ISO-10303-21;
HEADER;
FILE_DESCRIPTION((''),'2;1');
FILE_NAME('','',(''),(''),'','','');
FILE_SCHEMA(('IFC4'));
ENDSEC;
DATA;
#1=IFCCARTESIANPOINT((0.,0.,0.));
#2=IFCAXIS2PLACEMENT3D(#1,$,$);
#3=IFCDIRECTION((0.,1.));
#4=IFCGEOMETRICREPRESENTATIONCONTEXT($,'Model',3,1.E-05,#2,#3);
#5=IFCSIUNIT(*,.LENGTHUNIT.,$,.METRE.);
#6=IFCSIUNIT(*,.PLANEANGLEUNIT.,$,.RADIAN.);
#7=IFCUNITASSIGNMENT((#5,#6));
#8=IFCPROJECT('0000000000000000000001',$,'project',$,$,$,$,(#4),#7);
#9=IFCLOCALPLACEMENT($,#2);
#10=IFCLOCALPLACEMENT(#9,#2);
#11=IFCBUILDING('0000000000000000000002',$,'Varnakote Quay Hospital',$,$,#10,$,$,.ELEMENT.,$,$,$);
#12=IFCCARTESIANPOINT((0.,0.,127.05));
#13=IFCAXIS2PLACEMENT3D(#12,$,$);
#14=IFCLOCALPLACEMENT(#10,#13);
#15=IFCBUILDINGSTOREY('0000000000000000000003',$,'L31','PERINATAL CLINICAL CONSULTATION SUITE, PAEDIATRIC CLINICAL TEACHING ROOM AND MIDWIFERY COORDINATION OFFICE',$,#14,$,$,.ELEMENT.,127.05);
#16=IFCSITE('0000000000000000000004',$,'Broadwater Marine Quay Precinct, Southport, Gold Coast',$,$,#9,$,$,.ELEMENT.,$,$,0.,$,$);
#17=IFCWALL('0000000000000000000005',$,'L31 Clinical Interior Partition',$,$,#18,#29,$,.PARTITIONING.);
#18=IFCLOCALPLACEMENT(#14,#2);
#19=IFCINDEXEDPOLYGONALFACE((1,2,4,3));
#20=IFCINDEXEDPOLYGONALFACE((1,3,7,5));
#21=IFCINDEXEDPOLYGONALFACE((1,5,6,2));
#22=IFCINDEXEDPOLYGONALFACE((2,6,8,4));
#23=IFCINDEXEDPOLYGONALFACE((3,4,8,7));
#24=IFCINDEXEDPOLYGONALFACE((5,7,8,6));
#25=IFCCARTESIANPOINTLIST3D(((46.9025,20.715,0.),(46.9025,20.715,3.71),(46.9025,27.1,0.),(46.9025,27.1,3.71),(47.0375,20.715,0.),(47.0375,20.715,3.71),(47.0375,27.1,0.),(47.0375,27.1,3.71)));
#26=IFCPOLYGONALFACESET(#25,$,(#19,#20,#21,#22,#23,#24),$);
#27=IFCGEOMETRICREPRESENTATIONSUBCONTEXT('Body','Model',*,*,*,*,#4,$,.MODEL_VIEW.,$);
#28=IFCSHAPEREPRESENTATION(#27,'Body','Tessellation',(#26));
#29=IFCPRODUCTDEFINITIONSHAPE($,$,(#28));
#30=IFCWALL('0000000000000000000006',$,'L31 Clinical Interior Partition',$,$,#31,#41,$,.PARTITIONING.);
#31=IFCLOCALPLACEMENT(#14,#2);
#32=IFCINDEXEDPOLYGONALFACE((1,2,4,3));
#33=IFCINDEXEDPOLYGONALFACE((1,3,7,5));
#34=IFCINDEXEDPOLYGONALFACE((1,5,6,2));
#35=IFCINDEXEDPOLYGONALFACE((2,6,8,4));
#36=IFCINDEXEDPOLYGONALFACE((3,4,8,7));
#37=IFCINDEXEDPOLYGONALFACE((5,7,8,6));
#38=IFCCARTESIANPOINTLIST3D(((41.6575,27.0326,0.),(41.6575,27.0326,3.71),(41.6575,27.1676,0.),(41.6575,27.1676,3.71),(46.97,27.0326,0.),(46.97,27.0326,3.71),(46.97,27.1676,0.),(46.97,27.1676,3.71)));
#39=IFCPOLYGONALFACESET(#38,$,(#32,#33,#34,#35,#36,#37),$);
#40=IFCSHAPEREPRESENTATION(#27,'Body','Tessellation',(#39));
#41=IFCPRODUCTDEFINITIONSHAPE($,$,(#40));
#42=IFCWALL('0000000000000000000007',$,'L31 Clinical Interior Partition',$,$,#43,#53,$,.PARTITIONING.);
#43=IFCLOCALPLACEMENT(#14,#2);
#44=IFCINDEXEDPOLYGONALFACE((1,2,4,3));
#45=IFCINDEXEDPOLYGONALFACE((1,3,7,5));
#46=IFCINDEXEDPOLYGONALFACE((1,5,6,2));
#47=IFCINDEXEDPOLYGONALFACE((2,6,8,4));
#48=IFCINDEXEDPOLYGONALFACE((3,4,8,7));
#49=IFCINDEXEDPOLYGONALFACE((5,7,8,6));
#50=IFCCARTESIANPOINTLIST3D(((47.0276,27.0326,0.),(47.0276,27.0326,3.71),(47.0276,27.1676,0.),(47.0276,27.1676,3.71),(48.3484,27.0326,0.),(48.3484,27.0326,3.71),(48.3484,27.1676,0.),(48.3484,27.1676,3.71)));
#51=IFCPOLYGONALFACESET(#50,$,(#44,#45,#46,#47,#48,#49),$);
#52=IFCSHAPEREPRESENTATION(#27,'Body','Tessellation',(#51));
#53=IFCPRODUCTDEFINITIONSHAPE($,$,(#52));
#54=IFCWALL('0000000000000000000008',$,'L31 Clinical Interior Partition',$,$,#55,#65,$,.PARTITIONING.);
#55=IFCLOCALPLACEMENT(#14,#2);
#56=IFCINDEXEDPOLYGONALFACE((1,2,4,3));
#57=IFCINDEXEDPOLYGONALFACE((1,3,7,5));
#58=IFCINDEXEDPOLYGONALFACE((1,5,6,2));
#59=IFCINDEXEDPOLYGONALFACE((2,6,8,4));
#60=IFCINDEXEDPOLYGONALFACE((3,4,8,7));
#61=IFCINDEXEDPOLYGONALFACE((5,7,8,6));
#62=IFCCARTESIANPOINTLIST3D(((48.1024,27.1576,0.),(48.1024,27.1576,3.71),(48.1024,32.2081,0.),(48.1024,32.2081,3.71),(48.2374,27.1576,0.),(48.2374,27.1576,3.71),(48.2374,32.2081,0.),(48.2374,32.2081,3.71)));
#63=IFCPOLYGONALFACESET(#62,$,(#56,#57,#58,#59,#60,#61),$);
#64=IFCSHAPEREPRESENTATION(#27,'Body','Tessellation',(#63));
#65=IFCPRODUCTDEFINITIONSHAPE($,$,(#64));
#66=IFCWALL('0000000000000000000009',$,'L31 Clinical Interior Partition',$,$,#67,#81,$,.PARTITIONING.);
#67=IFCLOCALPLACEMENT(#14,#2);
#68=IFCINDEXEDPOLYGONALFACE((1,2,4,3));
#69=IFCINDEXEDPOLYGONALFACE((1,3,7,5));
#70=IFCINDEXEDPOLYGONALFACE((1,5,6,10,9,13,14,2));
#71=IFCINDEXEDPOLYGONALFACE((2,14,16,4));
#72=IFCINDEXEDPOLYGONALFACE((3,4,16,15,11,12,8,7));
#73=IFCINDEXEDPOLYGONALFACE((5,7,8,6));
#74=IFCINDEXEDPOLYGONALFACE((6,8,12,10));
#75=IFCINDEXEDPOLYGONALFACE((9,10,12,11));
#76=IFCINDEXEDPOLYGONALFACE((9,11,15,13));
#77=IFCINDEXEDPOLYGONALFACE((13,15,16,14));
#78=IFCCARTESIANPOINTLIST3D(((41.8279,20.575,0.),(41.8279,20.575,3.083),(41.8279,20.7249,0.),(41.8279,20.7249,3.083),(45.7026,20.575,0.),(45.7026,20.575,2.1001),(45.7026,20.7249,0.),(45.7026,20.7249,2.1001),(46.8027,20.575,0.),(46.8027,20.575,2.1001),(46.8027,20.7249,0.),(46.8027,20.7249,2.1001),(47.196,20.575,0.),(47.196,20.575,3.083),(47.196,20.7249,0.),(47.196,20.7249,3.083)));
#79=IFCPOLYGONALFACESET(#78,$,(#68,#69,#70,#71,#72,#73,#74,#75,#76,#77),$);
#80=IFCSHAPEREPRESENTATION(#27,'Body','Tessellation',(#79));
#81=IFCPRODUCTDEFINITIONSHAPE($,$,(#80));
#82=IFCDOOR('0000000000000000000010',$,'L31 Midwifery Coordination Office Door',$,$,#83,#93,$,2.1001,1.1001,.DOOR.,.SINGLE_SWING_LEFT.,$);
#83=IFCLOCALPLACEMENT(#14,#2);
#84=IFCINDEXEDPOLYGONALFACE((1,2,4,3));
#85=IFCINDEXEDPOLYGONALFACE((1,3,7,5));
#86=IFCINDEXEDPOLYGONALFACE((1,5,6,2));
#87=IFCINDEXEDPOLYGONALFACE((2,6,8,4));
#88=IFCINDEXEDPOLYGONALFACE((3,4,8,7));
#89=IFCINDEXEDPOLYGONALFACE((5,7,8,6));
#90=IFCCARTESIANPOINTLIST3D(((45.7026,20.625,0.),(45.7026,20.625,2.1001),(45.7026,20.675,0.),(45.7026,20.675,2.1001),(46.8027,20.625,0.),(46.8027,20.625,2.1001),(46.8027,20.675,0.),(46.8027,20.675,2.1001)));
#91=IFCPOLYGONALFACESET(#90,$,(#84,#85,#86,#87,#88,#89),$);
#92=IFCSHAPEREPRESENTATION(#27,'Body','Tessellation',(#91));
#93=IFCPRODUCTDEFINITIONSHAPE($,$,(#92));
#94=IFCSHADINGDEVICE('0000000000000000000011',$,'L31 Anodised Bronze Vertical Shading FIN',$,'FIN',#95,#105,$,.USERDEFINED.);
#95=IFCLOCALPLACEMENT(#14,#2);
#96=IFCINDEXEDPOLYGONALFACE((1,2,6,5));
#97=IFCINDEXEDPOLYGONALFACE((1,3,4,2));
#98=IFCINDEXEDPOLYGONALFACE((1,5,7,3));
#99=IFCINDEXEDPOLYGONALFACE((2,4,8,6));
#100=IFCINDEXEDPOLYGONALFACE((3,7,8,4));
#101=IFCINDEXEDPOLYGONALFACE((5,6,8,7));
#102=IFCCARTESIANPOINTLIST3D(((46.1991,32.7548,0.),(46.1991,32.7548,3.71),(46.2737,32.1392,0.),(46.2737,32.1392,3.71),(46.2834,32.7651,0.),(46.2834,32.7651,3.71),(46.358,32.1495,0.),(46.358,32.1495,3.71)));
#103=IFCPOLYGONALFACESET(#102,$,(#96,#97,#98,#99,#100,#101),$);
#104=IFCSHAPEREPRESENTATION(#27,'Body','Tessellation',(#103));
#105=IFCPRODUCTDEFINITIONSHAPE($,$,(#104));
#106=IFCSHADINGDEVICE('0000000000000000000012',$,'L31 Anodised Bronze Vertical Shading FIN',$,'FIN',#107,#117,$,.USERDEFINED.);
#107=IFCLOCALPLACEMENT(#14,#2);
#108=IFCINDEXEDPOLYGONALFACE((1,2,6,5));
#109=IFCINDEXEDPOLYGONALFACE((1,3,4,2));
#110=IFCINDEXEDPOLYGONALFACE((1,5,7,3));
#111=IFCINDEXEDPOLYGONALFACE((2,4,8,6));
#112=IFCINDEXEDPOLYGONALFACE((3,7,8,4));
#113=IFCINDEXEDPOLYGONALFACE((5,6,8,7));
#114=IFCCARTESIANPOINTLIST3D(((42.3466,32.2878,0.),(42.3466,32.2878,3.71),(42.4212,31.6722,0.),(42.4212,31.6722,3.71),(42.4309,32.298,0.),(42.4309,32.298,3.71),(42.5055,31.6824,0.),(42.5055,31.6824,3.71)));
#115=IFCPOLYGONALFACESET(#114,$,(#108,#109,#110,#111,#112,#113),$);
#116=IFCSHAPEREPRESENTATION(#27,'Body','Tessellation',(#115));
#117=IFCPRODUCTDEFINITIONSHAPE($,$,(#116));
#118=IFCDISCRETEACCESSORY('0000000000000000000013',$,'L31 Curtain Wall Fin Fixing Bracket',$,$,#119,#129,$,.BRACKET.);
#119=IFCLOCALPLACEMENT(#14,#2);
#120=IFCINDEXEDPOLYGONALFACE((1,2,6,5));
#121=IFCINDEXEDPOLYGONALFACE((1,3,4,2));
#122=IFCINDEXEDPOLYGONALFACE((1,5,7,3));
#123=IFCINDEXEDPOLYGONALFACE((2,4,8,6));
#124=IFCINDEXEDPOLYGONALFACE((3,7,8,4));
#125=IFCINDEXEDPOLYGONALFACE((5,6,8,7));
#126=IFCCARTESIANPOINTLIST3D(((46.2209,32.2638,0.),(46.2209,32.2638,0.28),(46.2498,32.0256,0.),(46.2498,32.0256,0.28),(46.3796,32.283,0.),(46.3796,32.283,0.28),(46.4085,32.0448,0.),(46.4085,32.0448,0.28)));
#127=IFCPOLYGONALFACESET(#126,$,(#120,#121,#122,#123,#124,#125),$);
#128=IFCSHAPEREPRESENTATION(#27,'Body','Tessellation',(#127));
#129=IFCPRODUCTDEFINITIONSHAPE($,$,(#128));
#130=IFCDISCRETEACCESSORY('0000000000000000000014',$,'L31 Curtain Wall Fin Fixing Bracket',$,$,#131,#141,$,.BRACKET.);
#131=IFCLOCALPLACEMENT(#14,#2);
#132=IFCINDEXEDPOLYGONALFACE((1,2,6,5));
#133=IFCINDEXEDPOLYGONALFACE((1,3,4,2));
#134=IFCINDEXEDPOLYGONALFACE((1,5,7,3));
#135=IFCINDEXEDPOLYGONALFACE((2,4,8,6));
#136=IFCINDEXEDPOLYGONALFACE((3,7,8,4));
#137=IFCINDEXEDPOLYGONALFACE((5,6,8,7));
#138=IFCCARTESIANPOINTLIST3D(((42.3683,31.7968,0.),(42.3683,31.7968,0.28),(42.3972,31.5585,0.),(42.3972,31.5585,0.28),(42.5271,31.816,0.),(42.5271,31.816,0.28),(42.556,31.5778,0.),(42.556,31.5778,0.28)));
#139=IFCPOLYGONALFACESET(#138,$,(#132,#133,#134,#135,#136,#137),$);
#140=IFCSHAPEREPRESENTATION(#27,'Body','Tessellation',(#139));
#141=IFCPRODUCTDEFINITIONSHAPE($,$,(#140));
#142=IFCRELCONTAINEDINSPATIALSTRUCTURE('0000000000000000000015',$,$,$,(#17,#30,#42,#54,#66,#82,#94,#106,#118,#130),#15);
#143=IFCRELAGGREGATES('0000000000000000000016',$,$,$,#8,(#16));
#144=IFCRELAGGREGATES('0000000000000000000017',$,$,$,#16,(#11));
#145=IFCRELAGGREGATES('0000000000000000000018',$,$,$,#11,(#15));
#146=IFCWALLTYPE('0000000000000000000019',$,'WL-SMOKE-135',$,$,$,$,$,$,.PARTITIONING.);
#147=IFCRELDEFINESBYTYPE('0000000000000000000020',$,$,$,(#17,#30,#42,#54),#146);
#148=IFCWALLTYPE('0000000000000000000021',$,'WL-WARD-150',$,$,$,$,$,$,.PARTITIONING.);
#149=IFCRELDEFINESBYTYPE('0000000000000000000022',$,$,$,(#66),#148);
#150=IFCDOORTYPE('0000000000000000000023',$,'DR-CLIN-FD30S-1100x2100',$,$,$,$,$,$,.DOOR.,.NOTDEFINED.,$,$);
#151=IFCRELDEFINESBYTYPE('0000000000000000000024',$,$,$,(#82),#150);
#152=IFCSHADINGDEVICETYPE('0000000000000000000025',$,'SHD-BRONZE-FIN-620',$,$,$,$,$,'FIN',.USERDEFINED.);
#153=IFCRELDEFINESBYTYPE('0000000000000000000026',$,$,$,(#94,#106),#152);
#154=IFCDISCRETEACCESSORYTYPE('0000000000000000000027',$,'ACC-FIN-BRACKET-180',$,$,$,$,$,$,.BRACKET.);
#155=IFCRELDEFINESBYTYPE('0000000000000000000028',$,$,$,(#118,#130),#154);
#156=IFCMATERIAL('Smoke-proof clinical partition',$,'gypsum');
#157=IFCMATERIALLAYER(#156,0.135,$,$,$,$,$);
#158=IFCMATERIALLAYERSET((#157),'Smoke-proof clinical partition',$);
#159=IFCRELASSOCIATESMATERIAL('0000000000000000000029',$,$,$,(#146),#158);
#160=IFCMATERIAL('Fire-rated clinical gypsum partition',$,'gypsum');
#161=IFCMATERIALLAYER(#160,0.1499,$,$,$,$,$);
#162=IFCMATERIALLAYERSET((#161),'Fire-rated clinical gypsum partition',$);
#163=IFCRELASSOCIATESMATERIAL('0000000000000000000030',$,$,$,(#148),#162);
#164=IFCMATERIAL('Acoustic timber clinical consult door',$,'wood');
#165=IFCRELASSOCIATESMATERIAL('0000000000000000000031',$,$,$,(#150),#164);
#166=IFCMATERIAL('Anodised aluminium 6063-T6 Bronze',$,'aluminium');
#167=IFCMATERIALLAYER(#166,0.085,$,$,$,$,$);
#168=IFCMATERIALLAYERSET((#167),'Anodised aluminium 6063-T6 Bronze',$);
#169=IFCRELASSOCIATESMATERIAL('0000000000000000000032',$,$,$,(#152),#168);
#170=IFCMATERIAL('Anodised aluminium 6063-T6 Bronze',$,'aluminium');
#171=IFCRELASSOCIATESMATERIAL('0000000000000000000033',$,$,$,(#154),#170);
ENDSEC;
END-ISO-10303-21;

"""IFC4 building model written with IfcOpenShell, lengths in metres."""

from ifc_helpers import new_model, si_unit, direction, frame, frame_2d, origin, origin_2d, place, context, subcontext, project, spatial, rectangle, extrude, material, layer, layer_set, type_object, element, fill, save


model = new_model("IFC4")

# Units and contexts
model_context = context("Model", 3, precision=1e-05, world=origin(), true_north=direction((0.0, 1.0)))
body_context = subcontext(model_context, "Body", "Model", "MODEL_VIEW")
ifc_project = project(units=[si_unit("LENGTHUNIT", "METRE"), si_unit("PLANEANGLEUNIT", "RADIAN")], contexts=[model_context])

# Site, building, storey
site_placement = place(None, origin())
site = spatial("IfcSite", under=ifc_project, at=site_placement, Name="Broadwater Marine Quay Precinct, Southport, Gold Coast", CompositionType="ELEMENT", RefElevation=0.0)
building_placement = place(site_placement, origin())
building = spatial("IfcBuilding", under=site, at=building_placement, Name="Varnakote Quay Hospital", CompositionType="ELEMENT")
storey_placement = place(building_placement, frame((0.0, 0.0, 127.05)))
storey = spatial("IfcBuildingStorey", under=building, at=storey_placement, Name="L31", Description="PERINATAL CLINICAL CONSULTATION SUITE, PAEDIATRIC CLINICAL TEACHING ROOM AND MIDWIFERY COORDINATION OFFICE", CompositionType="ELEMENT", Elevation=127.05)

# Walls
ifc_material_1 = material(Name="Smoke-proof clinical partition", Category="gypsum")
ifc_layer_1 = layer(ifc_material_1, 0.135)
ifc_layer_set_1 = layer_set([ifc_layer_1], Name="Smoke-proof clinical partition")
wall_type_1 = type_object("IfcWallType", Name="WL-SMOKE-135", PredefinedType="PARTITIONING", material=ifc_layer_set_1)
wall_1_placement = place(storey_placement, frame((46.97, 20.7151, 0.0), z_axis=(0.0, 0.0, 1.0), x_axis=(0.0, 1.0, 0.0)))
element("IfcWall", 1, at=wall_1_placement, inside=storey, type_object=wall_type_1, Name="L31 Clinical Interior Partition", PredefinedType="PARTITIONING", context=body_context, shape_type="SweptSolid", body=[
    extrude(rectangle(XDim=6.385, YDim=0.135, at=frame_2d((3.1924, 0.0))), origin(), (0.0, 0.0, 1.0), 3.71),
])
wall_2_placement = place(storey_placement, frame((46.97, 27.1001, 0.0), z_axis=(0.0, 0.0, 1.0), x_axis=(-1.0, 0.0, 0.0)))
element("IfcWall", 2, at=wall_2_placement, inside=storey, type_object=wall_type_1, Name="L31 Clinical Interior Partition", PredefinedType="PARTITIONING", context=body_context, shape_type="SweptSolid", body=[
    extrude(rectangle(XDim=5.3125, YDim=0.135, at=frame_2d((2.6562, 0.0))), origin(), (0.0, 0.0, 1.0), 3.71),
])
wall_3_placement = place(storey_placement, frame((48.3484, 27.1001, 0.0), z_axis=(0.0, 0.0, 1.0), x_axis=(-1.0, 0.0, 0.0)))
element("IfcWall", 3, at=wall_3_placement, inside=storey, type_object=wall_type_1, Name="L31 Clinical Interior Partition", PredefinedType="PARTITIONING", context=body_context, shape_type="SweptSolid", body=[
    extrude(rectangle(XDim=1.3208, YDim=0.135, at=frame_2d((0.6604, 0.0))), origin(), (0.0, 0.0, 1.0), 3.71),
])
wall_4_placement = place(storey_placement, frame((48.1699, 27.1575, 0.0), z_axis=(0.0, 0.0, 1.0), x_axis=(0.0, 1.0, 0.0)))
element("IfcWall", 4, at=wall_4_placement, inside=storey, type_object=wall_type_1, Name="L31 Clinical Interior Partition", PredefinedType="PARTITIONING", context=body_context, shape_type="SweptSolid", body=[
    extrude(rectangle(XDim=5.0505, YDim=0.135, at=frame_2d((2.5254, 0.0))), origin(), (0.0, 0.0, 1.0), 3.71),
])

# Wall, opening, door
ifc_material_2 = material(Name="Fire-rated clinical gypsum partition", Category="gypsum")
ifc_layer_2 = layer(ifc_material_2, 0.1499)
ifc_layer_set_2 = layer_set([ifc_layer_2], Name="Fire-rated clinical gypsum partition")
wall_type_2 = type_object("IfcWallType", Name="WL-WARD-150", PredefinedType="PARTITIONING", material=ifc_layer_set_2)
wall_5_placement = place(storey_placement, frame((47.196, 20.6499, 0.0), z_axis=(0.0, 0.0, 1.0), x_axis=(-1.0, 0.0, 0.0)))
wall_5 = element("IfcWall", 5, at=wall_5_placement, inside=storey, type_object=wall_type_2, Name="L31 Clinical Interior Partition", PredefinedType="PARTITIONING", context=body_context, shape_type="SweptSolid", body=[
    extrude(rectangle(XDim=5.3682, YDim=0.1499, at=frame_2d((2.6841, 0.0))), origin(), (0.0, 0.0, 1.0), 3.083),
])
opening_placement = place(wall_5_placement, frame((0.3933, 0.0, 0.0)))
opening = element("IfcOpeningElement", 6, at=opening_placement, cuts=wall_5, PredefinedType="OPENING", context=body_context, shape_type="SweptSolid", body=[
    extrude(rectangle(XDim=1.1001, YDim=2.1001, at=frame_2d((0.55, 1.05))), frame((0.0, 0.085, 0.0), z_axis=(0.0, -1.0, 0.0), x_axis=(1.0, 0.0, 0.0)), (0.0, 0.0, 1.0), 0.1699),
])
ifc_material_3 = material(Name="Acoustic timber clinical consult door", Category="wood")
door_type = type_object("IfcDoorType", Name="DR-CLIN-FD30S-1100x2100", OperationType="NOTDEFINED", PredefinedType="DOOR", material=ifc_material_3)
door_placement = place(opening_placement, origin())
door = element("IfcDoor", 7, at=door_placement, inside=storey, type_object=door_type, Name="L31 Midwifery Coordination Office Door", OperationType="SINGLE_SWING_LEFT", OverallHeight=2.1001, OverallWidth=1.1001, PredefinedType="DOOR", context=body_context, shape_type="SweptSolid", body=[
    extrude(rectangle(XDim=1.1001, YDim=2.1001, at=frame_2d((0.55, 1.05))), frame((0.0, 0.0249, 0.0), z_axis=(0.0, -1.0, 0.0), x_axis=(1.0, 0.0, 0.0)), (0.0, 0.0, 1.0), 0.05),
])
fill(opening, door)

# Shading devices
ifc_material_4 = material(Name="Anodised aluminium 6063-T6 Bronze", Category="aluminium")
ifc_layer_3 = layer(ifc_material_4, 0.085)
ifc_layer_set_3 = layer_set([ifc_layer_3], Name="Anodised aluminium 6063-T6 Bronze")
shading_device_type = type_object("IfcShadingDeviceType", Name="SHD-BRONZE-FIN-620", ElementType="FIN", PredefinedType="USERDEFINED", material=ifc_layer_set_3)
for number, where, z_axis, x_axis, name in (
    (8, (46.2786, 32.4521, 0.0), (0.0, 0.0, 1.0), (0.12031, -0.992736, 0.0), "L31 Anodised Bronze Vertical Shading FIN"),
    (9, (42.426, 31.9851, 0.0), (0.0, 0.0, 1.0), (0.12031, -0.992736, 0.0), "L31 Anodised Bronze Vertical Shading FIN"),
):
    element("IfcShadingDevice", number, at=place(storey_placement, frame(where, z_axis=z_axis, x_axis=x_axis)), inside=storey, type_object=shading_device_type, Name=name, ObjectType="FIN", PredefinedType="USERDEFINED", context=body_context, shape_type="SweptSolid", body=[
        extrude(rectangle(XDim=0.6201, YDim=0.085, at=origin_2d()), origin(), (0.0, 0.0, 1.0), 3.71),
    ])

# Discrete accessories
ifc_material_5 = material(Name="Anodised aluminium 6063-T6 Bronze", Category="aluminium")
discrete_accessory_type = type_object("IfcDiscreteAccessoryType", Name="ACC-FIN-BRACKET-180", PredefinedType="BRACKET", material=ifc_material_5)
for number, where, z_axis, x_axis, name in (
    (10, (46.3147, 32.1543, 0.0), (0.0, 0.0, 1.0), (-0.992736, -0.12031, 0.0), "L31 Curtain Wall Fin Fixing Bracket"),
    (11, (42.4622, 31.6873, 0.0), (0.0, 0.0, 1.0), (-0.992736, -0.12031, 0.0), "L31 Curtain Wall Fin Fixing Bracket"),
):
    element("IfcDiscreteAccessory", number, at=place(storey_placement, frame(where, z_axis=z_axis, x_axis=x_axis)), inside=storey, type_object=discrete_accessory_type, Name=name, PredefinedType="BRACKET", context=body_context, shape_type="SweptSolid", body=[
        extrude(rectangle(XDim=0.1599, YDim=0.24, at=origin_2d()), origin(), (0.0, 0.0, 1.0), 0.28),
    ])

save(model, "model.ifc")
